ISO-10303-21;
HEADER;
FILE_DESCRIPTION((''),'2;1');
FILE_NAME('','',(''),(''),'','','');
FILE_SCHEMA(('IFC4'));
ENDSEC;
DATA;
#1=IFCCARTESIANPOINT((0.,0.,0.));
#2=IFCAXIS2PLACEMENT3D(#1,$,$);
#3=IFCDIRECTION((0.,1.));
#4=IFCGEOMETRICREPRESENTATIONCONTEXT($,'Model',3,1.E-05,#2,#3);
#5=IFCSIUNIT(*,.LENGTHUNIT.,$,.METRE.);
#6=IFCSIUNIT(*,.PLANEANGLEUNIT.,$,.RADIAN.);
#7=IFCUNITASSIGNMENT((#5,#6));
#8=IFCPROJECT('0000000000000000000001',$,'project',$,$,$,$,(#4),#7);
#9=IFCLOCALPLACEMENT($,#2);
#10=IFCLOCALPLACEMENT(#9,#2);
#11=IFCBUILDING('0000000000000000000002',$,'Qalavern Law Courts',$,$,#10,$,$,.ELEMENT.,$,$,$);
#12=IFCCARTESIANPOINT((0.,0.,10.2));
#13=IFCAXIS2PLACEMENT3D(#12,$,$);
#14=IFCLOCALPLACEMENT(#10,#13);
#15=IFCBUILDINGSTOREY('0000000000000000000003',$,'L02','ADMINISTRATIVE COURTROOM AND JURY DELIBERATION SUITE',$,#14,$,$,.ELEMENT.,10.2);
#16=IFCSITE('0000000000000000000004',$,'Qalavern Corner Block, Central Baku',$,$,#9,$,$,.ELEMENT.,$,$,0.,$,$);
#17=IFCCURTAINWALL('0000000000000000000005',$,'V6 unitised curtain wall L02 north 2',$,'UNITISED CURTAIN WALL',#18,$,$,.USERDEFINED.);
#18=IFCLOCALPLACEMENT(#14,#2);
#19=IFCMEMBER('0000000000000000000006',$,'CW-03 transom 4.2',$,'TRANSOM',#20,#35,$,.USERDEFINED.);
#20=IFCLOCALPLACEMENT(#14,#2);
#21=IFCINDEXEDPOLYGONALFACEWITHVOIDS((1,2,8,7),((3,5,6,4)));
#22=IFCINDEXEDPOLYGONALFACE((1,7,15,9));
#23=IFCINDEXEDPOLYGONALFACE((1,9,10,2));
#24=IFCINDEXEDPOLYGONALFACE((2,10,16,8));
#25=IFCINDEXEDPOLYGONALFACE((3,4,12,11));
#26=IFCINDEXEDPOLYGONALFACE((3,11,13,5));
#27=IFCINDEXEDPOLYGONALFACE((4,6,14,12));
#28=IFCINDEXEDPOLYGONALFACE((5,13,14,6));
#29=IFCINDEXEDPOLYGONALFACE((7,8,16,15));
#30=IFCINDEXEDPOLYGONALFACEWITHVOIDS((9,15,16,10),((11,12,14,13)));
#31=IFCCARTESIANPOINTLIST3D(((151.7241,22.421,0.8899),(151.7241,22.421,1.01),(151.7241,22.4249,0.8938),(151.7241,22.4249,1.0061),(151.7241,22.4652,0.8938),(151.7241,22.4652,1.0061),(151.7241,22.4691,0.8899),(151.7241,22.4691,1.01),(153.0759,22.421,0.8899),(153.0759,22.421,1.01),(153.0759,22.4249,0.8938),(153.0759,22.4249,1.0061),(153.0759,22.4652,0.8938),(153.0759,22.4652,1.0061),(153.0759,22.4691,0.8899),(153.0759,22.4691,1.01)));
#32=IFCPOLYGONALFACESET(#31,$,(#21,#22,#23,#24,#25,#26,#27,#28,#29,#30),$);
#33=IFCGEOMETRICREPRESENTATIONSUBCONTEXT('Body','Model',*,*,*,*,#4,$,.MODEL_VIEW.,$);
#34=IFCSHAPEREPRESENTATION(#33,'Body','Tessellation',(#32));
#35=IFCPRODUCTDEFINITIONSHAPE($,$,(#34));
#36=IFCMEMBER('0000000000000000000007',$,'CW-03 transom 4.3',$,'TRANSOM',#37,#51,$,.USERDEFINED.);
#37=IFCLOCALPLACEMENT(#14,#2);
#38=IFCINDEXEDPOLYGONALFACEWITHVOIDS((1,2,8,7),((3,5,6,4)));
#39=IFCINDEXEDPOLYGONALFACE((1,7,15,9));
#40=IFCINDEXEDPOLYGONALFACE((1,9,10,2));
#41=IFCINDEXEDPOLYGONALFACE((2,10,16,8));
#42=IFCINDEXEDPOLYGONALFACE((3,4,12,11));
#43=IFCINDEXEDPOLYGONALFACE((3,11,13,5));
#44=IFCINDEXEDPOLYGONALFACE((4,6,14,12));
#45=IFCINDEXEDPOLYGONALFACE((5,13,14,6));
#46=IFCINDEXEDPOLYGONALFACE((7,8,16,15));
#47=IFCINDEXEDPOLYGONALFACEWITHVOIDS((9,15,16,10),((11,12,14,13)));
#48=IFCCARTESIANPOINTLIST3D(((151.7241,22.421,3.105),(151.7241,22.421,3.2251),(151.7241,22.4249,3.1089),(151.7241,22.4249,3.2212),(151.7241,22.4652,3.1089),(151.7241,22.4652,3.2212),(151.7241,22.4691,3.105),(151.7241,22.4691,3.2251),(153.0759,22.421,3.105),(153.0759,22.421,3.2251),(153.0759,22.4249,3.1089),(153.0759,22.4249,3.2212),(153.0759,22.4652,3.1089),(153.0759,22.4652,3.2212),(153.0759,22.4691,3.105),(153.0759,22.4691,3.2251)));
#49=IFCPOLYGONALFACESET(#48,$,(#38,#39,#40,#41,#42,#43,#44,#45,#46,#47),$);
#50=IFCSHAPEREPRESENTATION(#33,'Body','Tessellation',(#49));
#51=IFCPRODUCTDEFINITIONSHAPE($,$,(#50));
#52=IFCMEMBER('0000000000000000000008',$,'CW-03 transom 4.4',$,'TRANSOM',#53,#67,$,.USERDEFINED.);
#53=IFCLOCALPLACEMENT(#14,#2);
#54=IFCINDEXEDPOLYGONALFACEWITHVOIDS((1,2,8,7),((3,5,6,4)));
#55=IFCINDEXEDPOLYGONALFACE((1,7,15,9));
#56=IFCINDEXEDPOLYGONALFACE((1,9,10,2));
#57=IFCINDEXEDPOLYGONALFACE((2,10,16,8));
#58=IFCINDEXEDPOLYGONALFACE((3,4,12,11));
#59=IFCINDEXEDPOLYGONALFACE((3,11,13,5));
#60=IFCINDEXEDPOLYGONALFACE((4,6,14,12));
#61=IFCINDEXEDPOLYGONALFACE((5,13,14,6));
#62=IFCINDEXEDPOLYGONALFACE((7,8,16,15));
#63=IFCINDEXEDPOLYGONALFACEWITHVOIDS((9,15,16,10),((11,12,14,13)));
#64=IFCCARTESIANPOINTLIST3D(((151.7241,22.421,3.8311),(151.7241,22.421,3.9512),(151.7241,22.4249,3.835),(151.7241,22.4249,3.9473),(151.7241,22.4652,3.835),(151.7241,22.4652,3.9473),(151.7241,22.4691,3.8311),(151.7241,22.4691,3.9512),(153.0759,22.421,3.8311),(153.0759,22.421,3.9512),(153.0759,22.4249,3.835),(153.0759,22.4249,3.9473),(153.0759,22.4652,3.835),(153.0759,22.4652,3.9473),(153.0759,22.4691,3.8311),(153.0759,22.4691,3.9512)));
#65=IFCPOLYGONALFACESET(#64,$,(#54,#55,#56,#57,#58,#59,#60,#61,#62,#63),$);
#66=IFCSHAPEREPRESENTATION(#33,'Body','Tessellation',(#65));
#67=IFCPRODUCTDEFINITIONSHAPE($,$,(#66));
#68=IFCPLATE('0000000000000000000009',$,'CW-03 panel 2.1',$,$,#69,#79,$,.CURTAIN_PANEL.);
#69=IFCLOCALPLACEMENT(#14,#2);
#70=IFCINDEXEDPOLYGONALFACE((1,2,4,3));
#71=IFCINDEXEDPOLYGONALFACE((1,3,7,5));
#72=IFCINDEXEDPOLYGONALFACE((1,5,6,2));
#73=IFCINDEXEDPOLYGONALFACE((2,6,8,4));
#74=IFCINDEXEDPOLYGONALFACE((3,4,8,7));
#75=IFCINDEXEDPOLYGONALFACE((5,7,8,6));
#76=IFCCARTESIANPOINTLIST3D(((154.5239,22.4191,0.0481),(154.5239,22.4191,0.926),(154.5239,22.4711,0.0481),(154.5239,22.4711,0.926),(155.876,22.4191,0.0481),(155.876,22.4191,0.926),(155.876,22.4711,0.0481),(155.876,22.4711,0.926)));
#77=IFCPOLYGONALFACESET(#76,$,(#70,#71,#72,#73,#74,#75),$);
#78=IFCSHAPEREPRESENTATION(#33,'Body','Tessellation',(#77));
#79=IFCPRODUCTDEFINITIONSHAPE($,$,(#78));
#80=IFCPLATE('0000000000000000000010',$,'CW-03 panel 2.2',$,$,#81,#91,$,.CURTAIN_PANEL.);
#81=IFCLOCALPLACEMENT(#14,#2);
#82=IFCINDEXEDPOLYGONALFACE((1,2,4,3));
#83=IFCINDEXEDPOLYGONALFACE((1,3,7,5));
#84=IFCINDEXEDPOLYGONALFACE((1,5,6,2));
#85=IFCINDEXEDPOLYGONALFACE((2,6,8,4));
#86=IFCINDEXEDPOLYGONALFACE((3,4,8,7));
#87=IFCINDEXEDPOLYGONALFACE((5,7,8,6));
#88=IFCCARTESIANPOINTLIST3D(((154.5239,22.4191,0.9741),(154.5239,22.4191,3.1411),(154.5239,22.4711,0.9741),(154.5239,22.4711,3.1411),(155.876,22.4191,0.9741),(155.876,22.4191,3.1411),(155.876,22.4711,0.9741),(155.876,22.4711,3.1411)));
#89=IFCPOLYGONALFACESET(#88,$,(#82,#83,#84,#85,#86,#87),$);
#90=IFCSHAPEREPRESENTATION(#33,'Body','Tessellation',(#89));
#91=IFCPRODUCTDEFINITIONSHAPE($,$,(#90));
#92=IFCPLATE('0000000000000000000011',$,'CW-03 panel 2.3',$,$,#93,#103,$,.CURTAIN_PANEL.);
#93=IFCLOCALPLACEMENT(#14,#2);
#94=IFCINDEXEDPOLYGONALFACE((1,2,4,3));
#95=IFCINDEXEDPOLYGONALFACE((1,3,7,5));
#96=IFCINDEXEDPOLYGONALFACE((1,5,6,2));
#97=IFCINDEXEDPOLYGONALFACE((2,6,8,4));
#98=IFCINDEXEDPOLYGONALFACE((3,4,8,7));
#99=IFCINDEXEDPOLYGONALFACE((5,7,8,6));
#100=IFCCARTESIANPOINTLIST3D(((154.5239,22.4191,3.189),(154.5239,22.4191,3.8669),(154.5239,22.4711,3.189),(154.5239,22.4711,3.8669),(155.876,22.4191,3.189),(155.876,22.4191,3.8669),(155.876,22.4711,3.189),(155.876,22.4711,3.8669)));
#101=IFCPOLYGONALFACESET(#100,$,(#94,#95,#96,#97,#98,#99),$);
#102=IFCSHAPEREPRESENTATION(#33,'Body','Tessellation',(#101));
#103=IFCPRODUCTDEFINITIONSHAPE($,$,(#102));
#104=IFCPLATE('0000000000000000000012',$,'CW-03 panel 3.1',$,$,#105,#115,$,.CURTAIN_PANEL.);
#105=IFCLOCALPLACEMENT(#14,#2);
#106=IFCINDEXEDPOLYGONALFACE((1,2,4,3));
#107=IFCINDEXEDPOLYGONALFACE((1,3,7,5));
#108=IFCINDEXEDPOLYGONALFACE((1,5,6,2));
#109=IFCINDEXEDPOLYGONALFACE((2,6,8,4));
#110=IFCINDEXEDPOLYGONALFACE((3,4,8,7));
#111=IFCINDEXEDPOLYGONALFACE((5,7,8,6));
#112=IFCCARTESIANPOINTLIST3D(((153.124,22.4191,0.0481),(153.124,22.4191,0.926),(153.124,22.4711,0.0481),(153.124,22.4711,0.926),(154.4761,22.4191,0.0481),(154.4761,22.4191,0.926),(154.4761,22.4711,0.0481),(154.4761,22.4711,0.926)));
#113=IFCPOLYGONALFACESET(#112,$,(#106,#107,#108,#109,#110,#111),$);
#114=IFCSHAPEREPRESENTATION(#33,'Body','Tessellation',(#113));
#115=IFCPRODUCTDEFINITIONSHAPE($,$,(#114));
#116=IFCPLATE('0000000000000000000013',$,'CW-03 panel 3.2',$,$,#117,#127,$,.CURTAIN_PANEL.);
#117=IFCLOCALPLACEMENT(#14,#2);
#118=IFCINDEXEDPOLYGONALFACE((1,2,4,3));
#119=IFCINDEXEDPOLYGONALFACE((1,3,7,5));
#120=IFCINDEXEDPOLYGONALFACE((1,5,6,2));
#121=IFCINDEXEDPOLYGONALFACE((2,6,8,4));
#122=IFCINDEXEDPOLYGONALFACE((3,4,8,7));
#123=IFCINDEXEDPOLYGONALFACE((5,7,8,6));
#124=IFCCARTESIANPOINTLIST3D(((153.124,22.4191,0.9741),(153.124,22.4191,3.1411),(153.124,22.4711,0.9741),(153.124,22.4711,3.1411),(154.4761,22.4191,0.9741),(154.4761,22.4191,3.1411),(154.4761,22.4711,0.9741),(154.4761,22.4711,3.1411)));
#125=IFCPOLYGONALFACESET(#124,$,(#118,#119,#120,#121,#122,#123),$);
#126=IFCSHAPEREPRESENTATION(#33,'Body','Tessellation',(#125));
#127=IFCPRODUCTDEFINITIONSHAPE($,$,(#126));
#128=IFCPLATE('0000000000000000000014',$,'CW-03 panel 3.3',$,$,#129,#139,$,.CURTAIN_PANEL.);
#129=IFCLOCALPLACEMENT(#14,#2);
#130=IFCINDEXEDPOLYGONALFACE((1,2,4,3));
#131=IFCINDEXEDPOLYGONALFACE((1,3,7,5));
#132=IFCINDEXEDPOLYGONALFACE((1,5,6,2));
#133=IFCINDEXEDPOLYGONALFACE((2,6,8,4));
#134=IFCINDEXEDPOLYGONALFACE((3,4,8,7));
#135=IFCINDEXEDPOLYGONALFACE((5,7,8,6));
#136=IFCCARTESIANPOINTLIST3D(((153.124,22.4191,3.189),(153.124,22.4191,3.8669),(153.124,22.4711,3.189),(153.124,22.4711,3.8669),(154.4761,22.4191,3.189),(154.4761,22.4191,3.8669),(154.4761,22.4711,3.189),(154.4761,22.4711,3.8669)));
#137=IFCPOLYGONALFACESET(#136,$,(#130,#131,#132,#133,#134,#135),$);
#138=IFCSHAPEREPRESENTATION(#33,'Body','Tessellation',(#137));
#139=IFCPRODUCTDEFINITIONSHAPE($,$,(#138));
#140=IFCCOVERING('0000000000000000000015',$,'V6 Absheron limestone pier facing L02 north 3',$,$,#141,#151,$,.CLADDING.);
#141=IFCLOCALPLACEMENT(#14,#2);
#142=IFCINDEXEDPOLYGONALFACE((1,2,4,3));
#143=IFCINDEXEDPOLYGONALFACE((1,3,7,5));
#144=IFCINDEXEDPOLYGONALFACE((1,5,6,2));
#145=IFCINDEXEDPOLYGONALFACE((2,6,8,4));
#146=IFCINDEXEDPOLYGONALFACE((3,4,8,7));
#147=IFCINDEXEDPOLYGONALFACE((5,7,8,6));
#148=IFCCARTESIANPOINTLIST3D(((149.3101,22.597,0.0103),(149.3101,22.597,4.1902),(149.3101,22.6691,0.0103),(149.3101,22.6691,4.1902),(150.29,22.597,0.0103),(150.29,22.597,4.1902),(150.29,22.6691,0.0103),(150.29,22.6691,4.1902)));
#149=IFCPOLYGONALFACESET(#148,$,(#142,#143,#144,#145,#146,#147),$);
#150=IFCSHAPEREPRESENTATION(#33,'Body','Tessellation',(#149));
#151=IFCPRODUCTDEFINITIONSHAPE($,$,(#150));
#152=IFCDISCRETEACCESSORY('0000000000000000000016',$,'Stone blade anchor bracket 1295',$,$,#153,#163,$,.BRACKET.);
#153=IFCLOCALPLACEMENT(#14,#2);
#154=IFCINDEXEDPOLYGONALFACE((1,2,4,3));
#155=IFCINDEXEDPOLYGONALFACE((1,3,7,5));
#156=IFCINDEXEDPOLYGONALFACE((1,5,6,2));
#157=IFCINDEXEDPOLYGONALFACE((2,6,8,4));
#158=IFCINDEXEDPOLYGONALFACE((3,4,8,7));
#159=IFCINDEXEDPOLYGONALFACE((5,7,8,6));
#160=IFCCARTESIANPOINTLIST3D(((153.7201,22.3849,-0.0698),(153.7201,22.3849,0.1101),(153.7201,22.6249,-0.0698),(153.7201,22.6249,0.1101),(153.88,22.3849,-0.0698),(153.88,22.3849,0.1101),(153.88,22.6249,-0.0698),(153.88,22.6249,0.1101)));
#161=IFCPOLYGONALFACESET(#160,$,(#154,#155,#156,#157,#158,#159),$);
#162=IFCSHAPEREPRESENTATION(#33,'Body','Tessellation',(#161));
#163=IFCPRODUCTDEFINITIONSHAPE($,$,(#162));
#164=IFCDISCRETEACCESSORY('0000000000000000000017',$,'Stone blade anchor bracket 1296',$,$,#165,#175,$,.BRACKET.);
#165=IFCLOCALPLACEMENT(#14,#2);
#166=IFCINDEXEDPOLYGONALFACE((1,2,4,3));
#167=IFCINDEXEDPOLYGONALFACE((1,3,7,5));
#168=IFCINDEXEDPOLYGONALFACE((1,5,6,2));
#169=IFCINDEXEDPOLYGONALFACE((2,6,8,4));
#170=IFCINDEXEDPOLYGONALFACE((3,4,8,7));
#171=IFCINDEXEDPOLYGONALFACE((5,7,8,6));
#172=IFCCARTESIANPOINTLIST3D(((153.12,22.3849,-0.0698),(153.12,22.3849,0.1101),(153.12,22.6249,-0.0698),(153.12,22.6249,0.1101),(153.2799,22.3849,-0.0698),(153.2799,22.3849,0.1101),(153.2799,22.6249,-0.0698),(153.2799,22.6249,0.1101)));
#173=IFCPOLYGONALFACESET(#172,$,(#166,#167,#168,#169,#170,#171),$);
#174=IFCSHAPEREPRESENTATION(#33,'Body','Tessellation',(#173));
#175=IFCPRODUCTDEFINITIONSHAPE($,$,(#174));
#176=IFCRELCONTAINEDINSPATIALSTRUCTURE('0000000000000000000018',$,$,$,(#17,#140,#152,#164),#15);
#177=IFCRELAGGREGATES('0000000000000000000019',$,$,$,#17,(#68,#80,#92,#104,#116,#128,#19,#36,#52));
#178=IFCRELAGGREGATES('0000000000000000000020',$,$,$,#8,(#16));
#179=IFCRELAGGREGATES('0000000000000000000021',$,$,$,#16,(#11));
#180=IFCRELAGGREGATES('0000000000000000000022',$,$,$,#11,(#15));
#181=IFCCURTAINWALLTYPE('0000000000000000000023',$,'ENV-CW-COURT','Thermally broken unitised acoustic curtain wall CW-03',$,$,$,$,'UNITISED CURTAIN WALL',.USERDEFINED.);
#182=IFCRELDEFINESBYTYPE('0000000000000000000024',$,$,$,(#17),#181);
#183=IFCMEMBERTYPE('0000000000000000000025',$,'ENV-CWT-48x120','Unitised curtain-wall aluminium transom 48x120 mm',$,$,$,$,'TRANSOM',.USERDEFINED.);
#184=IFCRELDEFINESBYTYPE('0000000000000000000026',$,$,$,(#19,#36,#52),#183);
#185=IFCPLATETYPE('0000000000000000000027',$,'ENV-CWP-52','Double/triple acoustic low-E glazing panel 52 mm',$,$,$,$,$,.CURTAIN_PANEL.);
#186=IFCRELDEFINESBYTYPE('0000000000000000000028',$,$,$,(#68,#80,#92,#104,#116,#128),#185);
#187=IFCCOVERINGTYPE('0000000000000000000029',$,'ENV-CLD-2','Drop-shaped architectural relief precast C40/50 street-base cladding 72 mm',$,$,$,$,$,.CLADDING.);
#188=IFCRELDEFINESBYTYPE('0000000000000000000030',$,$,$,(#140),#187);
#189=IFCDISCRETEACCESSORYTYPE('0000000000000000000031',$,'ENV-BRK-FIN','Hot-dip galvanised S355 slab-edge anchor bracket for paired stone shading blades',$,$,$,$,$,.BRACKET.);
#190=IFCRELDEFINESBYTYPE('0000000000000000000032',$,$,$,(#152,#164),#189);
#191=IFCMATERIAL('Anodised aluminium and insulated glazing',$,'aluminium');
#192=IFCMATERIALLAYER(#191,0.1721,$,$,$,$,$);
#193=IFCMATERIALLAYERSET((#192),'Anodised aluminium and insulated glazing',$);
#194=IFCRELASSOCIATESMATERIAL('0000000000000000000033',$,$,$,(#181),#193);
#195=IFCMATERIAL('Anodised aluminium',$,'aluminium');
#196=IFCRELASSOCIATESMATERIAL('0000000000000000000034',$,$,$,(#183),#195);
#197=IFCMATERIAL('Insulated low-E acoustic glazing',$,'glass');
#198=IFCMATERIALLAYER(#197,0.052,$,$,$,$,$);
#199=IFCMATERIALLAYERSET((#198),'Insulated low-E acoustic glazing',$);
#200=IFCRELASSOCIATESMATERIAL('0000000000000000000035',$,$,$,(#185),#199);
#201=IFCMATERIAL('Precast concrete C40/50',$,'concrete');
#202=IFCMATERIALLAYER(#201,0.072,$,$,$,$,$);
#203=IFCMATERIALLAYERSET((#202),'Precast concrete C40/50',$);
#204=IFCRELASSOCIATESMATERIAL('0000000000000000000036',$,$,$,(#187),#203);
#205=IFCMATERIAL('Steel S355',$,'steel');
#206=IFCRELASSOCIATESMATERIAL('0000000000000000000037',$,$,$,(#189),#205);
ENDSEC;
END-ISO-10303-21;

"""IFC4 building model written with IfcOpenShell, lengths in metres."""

from ifc_helpers import new_model, si_unit, direction, frame, origin, origin_2d, place, context, subcontext, project, spatial, rectangle, hollow_rectangle, extrude, material, layer, layer_set, material_profile, profile_set, type_object, element, aggregate, save


model = new_model("IFC4")

# Units and contexts
model_context = context("Model", 3, precision=1e-05, world=origin(), true_north=direction((0.0, 1.0)))
body_context = subcontext(model_context, "Body", "Model", "MODEL_VIEW")
ifc_project = project(units=[si_unit("LENGTHUNIT", "METRE"), si_unit("PLANEANGLEUNIT", "RADIAN")], contexts=[model_context])

# Site, building, storey
site_placement = place(None, origin())
site = spatial("IfcSite", under=ifc_project, at=site_placement, Name="Qalavern Corner Block, Central Baku", CompositionType="ELEMENT", RefElevation=0.0)
building_placement = place(site_placement, origin())
building = spatial("IfcBuilding", under=site, at=building_placement, Name="Qalavern Law Courts", CompositionType="ELEMENT")
storey_placement = place(building_placement, frame((0.0, 0.0, 10.2)))
storey = spatial("IfcBuildingStorey", under=building, at=storey_placement, Name="L02", Description="ADMINISTRATIVE COURTROOM AND JURY DELIBERATION SUITE", CompositionType="ELEMENT", Elevation=10.2)

# Curtain wall, members, plates
ifc_material_1 = material(Name="Anodised aluminium and insulated glazing", Category="aluminium")
ifc_layer_1 = layer(ifc_material_1, 0.1721)
ifc_layer_set_1 = layer_set([ifc_layer_1], Name="Anodised aluminium and insulated glazing")
curtain_wall_type = type_object("IfcCurtainWallType", Name="ENV-CW-COURT", Description="Thermally broken unitised acoustic curtain wall CW-03", ElementType="UNITISED CURTAIN WALL", PredefinedType="USERDEFINED", material=ifc_layer_set_1)
curtain_wall_placement = place(storey_placement, origin())
curtain_wall = element("IfcCurtainWall", 1, at=curtain_wall_placement, inside=storey, type_object=curtain_wall_type, Name="V6 unitised curtain wall L02 north 2", ObjectType="UNITISED CURTAIN WALL", PredefinedType="USERDEFINED")
ifc_material_2 = material(Name="Anodised aluminium", Category="aluminium")
ifc_material_profile_1 = material_profile(ifc_material_2, hollow_rectangle(XDim=0.0481, YDim=0.1201, WallThickness=0.0039, at=origin_2d()), Name="ALU TRANSOM 48x120")
ifc_profile_set_1 = profile_set([ifc_material_profile_1], Name="Anodised aluminium")
member_type_1 = type_object("IfcMemberType", Name="ENV-CWT-48x120", Description="Unitised curtain-wall aluminium transom 48x120 mm", ElementType="TRANSOM", PredefinedType="USERDEFINED", material=ifc_profile_set_1)
member_1_placement = place(storey_placement, frame((153.0759, 22.4451, 0.95), z_axis=(-1.0, 0.0, 0.0), x_axis=(0.0, -1.0, 0.0)))
member_1 = element("IfcMember", 2, at=member_1_placement, type_object=member_type_1, Name="CW-03 transom 4.2", ObjectType="TRANSOM", PredefinedType="USERDEFINED", context=body_context, shape_type="SweptSolid", body=[
    extrude(hollow_rectangle(XDim=0.0481, YDim=0.1201, WallThickness=0.0039, at=origin_2d()), origin(), (0.0, 0.0, 1.0), 1.3518),
])
member_2_placement = place(storey_placement, frame((153.0759, 22.4451, 3.165), z_axis=(-1.0, 0.0, 0.0), x_axis=(0.0, -1.0, 0.0)))
member_2 = element("IfcMember", 3, at=member_2_placement, type_object=member_type_1, Name="CW-03 transom 4.3", ObjectType="TRANSOM", PredefinedType="USERDEFINED", context=body_context, shape_type="SweptSolid", body=[
    extrude(hollow_rectangle(XDim=0.0481, YDim=0.1201, WallThickness=0.0039, at=origin_2d()), origin(), (0.0, 0.0, 1.0), 1.3518),
])
member_3_placement = place(storey_placement, frame((153.0759, 22.4451, 3.8911), z_axis=(-1.0, 0.0, 0.0), x_axis=(0.0, -1.0, 0.0)))
member_3 = element("IfcMember", 4, at=member_3_placement, type_object=member_type_1, Name="CW-03 transom 4.4", ObjectType="TRANSOM", PredefinedType="USERDEFINED", context=body_context, shape_type="SweptSolid", body=[
    extrude(hollow_rectangle(XDim=0.0481, YDim=0.1201, WallThickness=0.0039, at=origin_2d()), origin(), (0.0, 0.0, 1.0), 1.3518),
])
ifc_material_3 = material(Name="Insulated low-E acoustic glazing", Category="glass")
ifc_layer_2 = layer(ifc_material_3, 0.052)
ifc_layer_set_2 = layer_set([ifc_layer_2], Name="Insulated low-E acoustic glazing")
plate_type = type_object("IfcPlateType", Name="ENV-CWP-52", Description="Double/triple acoustic low-E glazing panel 52 mm", PredefinedType="CURTAIN_PANEL", material=ifc_layer_set_2)
plate_1_placement = place(storey_placement, frame((155.2, 22.4451, 0.0481), z_axis=(0.0, 0.0, 1.0), x_axis=(-1.0, 0.0, 0.0)))
plate_1 = element("IfcPlate", 5, at=plate_1_placement, type_object=plate_type, Name="CW-03 panel 2.1", PredefinedType="CURTAIN_PANEL", context=body_context, shape_type="SweptSolid", body=[
    extrude(rectangle(XDim=1.3521, YDim=0.052, at=origin_2d()), origin(), (0.0, 0.0, 1.0), 0.8779),
])
plate_2_placement = place(storey_placement, frame((155.2, 22.4451, 0.9741), z_axis=(0.0, 0.0, 1.0), x_axis=(-1.0, 0.0, 0.0)))
plate_2 = element("IfcPlate", 6, at=plate_2_placement, type_object=plate_type, Name="CW-03 panel 2.2", PredefinedType="CURTAIN_PANEL", context=body_context, shape_type="SweptSolid", body=[
    extrude(rectangle(XDim=1.3521, YDim=0.052, at=origin_2d()), origin(), (0.0, 0.0, 1.0), 2.167),
])
plate_3_placement = place(storey_placement, frame((155.2, 22.4451, 3.189), z_axis=(0.0, 0.0, 1.0), x_axis=(-1.0, 0.0, 0.0)))
plate_3 = element("IfcPlate", 7, at=plate_3_placement, type_object=plate_type, Name="CW-03 panel 2.3", PredefinedType="CURTAIN_PANEL", context=body_context, shape_type="SweptSolid", body=[
    extrude(rectangle(XDim=1.3521, YDim=0.052, at=origin_2d()), origin(), (0.0, 0.0, 1.0), 0.678),
])
plate_4_placement = place(storey_placement, frame((153.8, 22.4451, 0.0481), z_axis=(0.0, 0.0, 1.0), x_axis=(-1.0, 0.0, 0.0)))
plate_4 = element("IfcPlate", 8, at=plate_4_placement, type_object=plate_type, Name="CW-03 panel 3.1", PredefinedType="CURTAIN_PANEL", context=body_context, shape_type="SweptSolid", body=[
    extrude(rectangle(XDim=1.3521, YDim=0.052, at=origin_2d()), origin(), (0.0, 0.0, 1.0), 0.8779),
])
plate_5_placement = place(storey_placement, frame((153.8, 22.4451, 0.9741), z_axis=(0.0, 0.0, 1.0), x_axis=(-1.0, 0.0, 0.0)))
plate_5 = element("IfcPlate", 9, at=plate_5_placement, type_object=plate_type, Name="CW-03 panel 3.2", PredefinedType="CURTAIN_PANEL", context=body_context, shape_type="SweptSolid", body=[
    extrude(rectangle(XDim=1.3521, YDim=0.052, at=origin_2d()), origin(), (0.0, 0.0, 1.0), 2.167),
])
plate_6_placement = place(storey_placement, frame((153.8, 22.4451, 3.189), z_axis=(0.0, 0.0, 1.0), x_axis=(-1.0, 0.0, 0.0)))
plate_6 = element("IfcPlate", 10, at=plate_6_placement, type_object=plate_type, Name="CW-03 panel 3.3", PredefinedType="CURTAIN_PANEL", context=body_context, shape_type="SweptSolid", body=[
    extrude(rectangle(XDim=1.3521, YDim=0.052, at=origin_2d()), origin(), (0.0, 0.0, 1.0), 0.678),
])
aggregate(curtain_wall, [plate_1, plate_2, plate_3, plate_4, plate_5, plate_6, member_1, member_2, member_3])

# Covering
ifc_material_4 = material(Name="Precast concrete C40/50", Category="concrete")
ifc_layer_3 = layer(ifc_material_4, 0.072)
ifc_layer_set_3 = layer_set([ifc_layer_3], Name="Precast concrete C40/50")
covering_type = type_object("IfcCoveringType", Name="ENV-CLD-2", Description="Drop-shaped architectural relief precast C40/50 street-base cladding 72 mm", PredefinedType="CLADDING", material=ifc_layer_set_3)
covering_placement = place(storey_placement, frame((149.8, 22.6331, 0.0103), z_axis=(0.0, 0.0, 1.0), x_axis=(-1.0, 0.0, 0.0)))
element("IfcCovering", 11, at=covering_placement, inside=storey, type_object=covering_type, Name="V6 Absheron limestone pier facing L02 north 3", PredefinedType="CLADDING", context=body_context, shape_type="SweptSolid", body=[
    extrude(rectangle(XDim=0.98, YDim=0.072, at=origin_2d()), origin(), (0.0, 0.0, 1.0), 4.1799),
])

# Discrete accessories
ifc_material_5 = material(Name="Steel S355", Category="steel")
discrete_accessory_type = type_object("IfcDiscreteAccessoryType", Name="ENV-BRK-FIN", Description="Hot-dip galvanised S355 slab-edge anchor bracket for paired stone shading blades", PredefinedType="BRACKET", material=ifc_material_5)
for number, where, z_axis, x_axis, name in (
    (12, (153.8, 22.5049, -0.0698), (0.0, 0.0, 1.0), (0.0, 1.0, 0.0), "Stone blade anchor bracket 1295"),
    (13, (153.2, 22.5049, -0.0698), (0.0, 0.0, 1.0), (0.0, 1.0, 0.0), "Stone blade anchor bracket 1296"),
):
    element("IfcDiscreteAccessory", number, at=place(storey_placement, frame(where, z_axis=z_axis, x_axis=x_axis)), inside=storey, type_object=discrete_accessory_type, Name=name, PredefinedType="BRACKET", context=body_context, shape_type="SweptSolid", body=[
        extrude(rectangle(XDim=0.24, YDim=0.1599, at=origin_2d()), origin(), (0.0, 0.0, 1.0), 0.1799),
    ])

save(model, "model.ifc")
